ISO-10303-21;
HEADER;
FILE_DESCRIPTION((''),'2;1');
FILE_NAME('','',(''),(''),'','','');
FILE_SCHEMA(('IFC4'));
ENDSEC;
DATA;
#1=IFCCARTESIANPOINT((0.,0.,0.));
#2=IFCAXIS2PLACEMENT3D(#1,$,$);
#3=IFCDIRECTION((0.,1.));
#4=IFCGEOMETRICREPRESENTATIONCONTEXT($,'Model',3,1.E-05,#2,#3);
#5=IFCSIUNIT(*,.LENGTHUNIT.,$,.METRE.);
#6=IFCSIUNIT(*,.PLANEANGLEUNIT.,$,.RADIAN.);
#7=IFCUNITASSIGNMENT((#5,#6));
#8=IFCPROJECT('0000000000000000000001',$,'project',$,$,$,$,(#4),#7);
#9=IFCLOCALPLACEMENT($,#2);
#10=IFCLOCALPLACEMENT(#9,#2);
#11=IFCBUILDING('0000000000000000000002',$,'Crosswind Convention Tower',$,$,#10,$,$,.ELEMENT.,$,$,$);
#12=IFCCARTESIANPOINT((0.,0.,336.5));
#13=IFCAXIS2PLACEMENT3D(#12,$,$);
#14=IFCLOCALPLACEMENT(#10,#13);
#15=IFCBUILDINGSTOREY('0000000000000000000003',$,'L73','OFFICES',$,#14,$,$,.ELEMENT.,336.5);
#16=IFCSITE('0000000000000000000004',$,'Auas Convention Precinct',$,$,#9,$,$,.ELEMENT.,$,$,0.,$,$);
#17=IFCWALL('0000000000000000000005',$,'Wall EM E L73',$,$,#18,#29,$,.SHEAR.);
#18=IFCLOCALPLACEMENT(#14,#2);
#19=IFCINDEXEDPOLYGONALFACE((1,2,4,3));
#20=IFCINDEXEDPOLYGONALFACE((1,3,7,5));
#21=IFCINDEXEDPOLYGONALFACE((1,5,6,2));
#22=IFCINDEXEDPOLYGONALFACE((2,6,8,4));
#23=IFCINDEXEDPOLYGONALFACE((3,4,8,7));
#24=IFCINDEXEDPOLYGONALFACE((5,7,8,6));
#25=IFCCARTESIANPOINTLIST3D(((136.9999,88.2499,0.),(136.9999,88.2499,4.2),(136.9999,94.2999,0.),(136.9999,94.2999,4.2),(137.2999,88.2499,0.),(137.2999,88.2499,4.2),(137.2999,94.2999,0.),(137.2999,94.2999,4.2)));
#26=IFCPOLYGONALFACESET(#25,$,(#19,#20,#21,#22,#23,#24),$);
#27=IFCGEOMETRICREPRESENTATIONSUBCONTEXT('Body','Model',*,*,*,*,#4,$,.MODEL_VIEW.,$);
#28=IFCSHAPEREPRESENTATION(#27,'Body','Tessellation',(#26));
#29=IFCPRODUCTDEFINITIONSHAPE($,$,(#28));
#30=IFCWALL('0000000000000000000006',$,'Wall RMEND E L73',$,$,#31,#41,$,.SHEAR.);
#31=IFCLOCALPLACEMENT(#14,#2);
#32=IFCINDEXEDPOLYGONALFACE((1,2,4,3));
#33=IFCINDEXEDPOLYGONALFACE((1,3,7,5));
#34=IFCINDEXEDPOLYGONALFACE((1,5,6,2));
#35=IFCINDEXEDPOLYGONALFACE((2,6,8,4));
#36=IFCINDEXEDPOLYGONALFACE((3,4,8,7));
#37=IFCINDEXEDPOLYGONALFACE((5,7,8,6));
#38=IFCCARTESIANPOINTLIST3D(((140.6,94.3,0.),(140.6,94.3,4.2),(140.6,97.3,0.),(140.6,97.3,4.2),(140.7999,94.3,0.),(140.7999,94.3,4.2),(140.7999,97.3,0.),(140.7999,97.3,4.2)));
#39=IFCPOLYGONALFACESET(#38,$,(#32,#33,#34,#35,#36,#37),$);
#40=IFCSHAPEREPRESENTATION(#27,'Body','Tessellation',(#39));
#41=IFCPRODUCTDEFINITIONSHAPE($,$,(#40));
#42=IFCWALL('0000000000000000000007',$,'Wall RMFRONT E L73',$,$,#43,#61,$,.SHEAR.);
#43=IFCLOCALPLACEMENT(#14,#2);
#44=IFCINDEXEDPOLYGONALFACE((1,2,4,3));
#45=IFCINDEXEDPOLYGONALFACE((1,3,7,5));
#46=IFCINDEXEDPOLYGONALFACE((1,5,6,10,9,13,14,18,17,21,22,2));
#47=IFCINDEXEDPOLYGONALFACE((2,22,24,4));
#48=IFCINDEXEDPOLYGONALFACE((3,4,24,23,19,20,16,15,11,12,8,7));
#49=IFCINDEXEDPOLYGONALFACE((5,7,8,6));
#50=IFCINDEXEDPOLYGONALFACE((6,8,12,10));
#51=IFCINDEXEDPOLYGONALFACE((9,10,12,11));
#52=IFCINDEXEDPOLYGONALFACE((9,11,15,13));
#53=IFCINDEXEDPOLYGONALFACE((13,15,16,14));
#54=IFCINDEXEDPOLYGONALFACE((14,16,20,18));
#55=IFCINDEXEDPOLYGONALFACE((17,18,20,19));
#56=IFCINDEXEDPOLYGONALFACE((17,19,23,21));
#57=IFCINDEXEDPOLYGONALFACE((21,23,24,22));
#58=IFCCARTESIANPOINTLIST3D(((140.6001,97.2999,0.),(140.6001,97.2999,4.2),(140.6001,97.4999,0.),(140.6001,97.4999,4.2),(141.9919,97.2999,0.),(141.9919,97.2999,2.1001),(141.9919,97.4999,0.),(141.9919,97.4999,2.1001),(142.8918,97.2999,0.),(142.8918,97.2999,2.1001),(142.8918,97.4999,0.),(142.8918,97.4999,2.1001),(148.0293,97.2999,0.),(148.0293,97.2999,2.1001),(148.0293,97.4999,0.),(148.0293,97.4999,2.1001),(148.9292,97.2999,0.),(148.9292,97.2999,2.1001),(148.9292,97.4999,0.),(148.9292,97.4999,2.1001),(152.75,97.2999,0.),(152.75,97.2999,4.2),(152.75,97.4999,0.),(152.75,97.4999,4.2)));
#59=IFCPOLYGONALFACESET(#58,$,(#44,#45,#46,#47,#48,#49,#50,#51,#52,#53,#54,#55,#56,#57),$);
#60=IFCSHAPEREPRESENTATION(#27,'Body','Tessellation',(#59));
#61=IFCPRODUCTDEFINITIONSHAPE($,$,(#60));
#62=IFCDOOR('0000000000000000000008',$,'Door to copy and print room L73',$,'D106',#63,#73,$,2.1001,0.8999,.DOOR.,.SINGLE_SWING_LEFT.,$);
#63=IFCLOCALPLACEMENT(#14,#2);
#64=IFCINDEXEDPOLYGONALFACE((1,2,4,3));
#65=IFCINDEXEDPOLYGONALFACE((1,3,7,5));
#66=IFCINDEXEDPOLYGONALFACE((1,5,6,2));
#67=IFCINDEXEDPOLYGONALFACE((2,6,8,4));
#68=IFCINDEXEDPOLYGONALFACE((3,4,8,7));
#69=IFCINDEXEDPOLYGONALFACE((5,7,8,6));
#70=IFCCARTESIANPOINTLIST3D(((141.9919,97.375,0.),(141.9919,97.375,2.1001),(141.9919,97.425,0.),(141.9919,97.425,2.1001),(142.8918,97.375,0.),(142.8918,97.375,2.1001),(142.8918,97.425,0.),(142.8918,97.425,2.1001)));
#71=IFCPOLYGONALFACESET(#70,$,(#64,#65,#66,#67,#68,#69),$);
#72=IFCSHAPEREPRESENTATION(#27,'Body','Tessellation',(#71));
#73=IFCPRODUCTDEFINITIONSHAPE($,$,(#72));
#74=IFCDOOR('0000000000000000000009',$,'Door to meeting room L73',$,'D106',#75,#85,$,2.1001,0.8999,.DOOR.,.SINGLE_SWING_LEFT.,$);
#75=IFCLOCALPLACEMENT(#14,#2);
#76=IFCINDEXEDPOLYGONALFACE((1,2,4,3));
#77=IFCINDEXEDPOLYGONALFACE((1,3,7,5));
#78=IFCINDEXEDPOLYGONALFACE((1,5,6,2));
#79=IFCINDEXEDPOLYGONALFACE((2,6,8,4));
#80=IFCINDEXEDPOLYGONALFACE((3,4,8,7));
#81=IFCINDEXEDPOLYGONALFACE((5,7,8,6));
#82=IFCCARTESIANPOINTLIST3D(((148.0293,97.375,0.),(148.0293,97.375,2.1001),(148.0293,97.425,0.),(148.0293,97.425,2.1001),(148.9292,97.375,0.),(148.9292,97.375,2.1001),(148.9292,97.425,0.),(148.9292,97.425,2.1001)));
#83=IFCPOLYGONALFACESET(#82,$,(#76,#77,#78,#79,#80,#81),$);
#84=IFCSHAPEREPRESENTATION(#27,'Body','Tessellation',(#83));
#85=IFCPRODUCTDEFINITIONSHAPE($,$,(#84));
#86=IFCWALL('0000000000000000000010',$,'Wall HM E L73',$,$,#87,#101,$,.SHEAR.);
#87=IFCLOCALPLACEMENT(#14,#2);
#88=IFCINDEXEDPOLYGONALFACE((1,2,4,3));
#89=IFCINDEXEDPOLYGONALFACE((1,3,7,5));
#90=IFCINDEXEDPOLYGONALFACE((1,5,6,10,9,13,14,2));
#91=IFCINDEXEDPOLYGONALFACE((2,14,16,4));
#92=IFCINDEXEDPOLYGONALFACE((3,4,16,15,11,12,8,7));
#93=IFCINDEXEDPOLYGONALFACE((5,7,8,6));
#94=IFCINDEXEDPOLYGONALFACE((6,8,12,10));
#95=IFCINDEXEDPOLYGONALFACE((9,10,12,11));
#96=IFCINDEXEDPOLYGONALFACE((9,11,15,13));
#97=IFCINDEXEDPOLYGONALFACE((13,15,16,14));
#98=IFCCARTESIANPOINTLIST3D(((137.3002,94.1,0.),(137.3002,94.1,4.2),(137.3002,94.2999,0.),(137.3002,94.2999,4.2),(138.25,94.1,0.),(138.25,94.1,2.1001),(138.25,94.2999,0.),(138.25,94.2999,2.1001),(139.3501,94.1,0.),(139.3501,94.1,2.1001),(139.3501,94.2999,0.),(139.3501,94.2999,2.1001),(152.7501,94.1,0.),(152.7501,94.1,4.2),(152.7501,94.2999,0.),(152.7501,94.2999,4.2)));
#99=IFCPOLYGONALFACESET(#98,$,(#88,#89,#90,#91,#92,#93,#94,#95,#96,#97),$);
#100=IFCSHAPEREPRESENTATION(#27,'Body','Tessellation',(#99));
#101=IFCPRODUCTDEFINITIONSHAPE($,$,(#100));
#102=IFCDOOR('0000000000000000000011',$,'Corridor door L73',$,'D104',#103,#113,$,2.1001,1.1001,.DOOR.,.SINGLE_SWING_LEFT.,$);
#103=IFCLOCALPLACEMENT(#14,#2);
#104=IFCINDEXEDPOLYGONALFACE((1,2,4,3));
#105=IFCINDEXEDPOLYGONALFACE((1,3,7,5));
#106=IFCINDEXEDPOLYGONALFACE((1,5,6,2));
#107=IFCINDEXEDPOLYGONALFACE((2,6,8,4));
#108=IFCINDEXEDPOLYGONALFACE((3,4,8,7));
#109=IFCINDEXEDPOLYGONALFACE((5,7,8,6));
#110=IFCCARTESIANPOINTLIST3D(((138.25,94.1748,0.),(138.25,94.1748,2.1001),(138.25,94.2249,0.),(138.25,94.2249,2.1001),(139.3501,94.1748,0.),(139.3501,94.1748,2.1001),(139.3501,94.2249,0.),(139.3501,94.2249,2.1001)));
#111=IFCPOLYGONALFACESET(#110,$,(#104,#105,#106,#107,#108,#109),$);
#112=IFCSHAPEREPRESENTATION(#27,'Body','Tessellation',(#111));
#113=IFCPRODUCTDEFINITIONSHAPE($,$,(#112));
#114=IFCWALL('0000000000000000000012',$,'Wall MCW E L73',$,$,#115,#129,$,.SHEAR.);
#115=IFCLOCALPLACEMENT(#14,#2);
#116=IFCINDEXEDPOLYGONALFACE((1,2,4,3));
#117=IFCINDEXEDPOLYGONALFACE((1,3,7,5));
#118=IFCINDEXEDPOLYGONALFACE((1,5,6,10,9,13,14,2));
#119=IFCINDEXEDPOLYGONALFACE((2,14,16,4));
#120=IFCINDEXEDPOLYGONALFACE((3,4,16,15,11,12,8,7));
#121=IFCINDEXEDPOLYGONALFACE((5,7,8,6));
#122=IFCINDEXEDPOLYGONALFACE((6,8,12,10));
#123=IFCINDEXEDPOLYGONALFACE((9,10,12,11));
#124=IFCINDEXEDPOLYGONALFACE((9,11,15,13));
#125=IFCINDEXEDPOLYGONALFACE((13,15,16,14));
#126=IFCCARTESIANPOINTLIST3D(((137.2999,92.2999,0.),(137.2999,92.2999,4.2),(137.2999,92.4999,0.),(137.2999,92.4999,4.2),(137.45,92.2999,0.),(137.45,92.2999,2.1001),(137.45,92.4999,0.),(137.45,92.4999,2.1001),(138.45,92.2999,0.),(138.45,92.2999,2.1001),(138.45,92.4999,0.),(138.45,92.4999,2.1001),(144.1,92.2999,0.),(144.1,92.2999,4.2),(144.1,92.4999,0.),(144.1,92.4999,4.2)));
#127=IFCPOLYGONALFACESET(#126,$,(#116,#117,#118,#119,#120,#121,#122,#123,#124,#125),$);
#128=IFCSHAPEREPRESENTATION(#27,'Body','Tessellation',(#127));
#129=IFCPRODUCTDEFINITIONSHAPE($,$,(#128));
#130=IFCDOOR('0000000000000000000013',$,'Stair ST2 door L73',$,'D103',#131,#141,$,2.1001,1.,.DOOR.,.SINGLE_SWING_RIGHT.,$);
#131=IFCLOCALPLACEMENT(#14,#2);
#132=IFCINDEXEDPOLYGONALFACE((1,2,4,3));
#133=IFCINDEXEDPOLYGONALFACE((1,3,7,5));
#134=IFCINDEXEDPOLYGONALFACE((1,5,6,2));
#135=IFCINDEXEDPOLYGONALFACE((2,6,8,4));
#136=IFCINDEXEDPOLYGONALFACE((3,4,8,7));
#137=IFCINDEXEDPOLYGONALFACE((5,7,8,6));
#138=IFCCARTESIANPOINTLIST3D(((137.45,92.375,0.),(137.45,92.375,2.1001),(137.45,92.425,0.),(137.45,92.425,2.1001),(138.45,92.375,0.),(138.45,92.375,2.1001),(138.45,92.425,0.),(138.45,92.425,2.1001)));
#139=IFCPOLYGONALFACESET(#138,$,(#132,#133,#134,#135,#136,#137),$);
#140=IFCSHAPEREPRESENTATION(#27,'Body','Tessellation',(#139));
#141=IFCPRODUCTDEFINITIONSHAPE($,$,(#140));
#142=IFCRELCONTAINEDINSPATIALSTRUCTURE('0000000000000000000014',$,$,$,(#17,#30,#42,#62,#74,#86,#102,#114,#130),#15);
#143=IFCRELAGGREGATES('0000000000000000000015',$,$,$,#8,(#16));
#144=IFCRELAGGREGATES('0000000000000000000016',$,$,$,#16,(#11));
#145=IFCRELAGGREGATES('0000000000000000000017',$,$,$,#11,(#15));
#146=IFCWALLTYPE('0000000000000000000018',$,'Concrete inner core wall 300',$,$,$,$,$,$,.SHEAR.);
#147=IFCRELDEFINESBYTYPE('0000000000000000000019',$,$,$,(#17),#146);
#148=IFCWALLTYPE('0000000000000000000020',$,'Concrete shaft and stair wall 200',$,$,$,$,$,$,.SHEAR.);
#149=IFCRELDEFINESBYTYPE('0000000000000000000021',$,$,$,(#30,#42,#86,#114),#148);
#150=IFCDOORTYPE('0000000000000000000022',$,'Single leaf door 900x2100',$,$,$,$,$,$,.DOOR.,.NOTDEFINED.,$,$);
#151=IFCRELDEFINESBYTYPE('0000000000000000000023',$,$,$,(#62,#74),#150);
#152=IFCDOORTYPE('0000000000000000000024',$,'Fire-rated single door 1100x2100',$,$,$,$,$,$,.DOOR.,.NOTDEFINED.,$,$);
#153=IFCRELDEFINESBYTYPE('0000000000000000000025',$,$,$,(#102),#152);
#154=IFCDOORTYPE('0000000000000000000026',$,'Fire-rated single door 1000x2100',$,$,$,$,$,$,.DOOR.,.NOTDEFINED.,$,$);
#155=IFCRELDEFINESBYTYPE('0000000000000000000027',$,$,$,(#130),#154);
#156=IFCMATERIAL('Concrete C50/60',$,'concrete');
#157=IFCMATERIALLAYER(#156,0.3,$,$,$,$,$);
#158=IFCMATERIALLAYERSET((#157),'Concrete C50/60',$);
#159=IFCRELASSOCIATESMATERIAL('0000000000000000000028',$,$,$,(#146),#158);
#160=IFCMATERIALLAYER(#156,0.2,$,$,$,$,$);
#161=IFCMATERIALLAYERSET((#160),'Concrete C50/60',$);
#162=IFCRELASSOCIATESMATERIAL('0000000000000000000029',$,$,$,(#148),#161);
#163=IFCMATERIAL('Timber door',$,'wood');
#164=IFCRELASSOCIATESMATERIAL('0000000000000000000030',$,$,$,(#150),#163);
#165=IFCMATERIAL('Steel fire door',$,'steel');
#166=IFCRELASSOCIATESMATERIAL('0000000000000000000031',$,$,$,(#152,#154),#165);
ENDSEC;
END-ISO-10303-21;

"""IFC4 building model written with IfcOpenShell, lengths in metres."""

from ifc_helpers import new_model, si_unit, direction, frame, frame_2d, origin, place, context, subcontext, project, spatial, rectangle, extrude, material, layer, layer_set, type_object, element, fill, save


model = new_model("IFC4")

# Units and contexts
model_context = context("Model", 3, precision=1e-05, world=origin(), true_north=direction((0.0, 1.0)))
body_context = subcontext(model_context, "Body", "Model", "MODEL_VIEW")
ifc_project = project(units=[si_unit("LENGTHUNIT", "METRE"), si_unit("PLANEANGLEUNIT", "RADIAN")], contexts=[model_context])

# Site, building, storey
site_placement = place(None, origin())
site = spatial("IfcSite", under=ifc_project, at=site_placement, Name="Auas Convention Precinct", CompositionType="ELEMENT", RefElevation=0.0)
building_placement = place(site_placement, origin())
building = spatial("IfcBuilding", under=site, at=building_placement, Name="Crosswind Convention Tower", CompositionType="ELEMENT")
storey_placement = place(building_placement, frame((0.0, 0.0, 336.5)))
storey = spatial("IfcBuildingStorey", under=building, at=storey_placement, Name="L73", Description="OFFICES", CompositionType="ELEMENT", Elevation=336.5)

# Shared definitions
ifc_material_1 = material(Name="Concrete C50/60", Category="concrete")
ifc_layer_1 = layer(ifc_material_1, 0.3)
ifc_layer_set_1 = layer_set([ifc_layer_1], Name="Concrete C50/60")
wall_type_1 = type_object("IfcWallType", Name="Concrete inner core wall 300", PredefinedType="SHEAR", material=ifc_layer_set_1)

# Walls
wall_1_placement = place(storey_placement, frame((137.1499, 88.25, 0.0), z_axis=(0.0, 0.0, 1.0), x_axis=(0.0, 1.0, 0.0)))
element("IfcWall", 1, at=wall_1_placement, inside=storey, type_object=wall_type_1, Name="Wall EM E L73", PredefinedType="SHEAR", context=body_context, shape_type="SweptSolid", body=[
    extrude(rectangle(XDim=6.05, YDim=0.3, at=frame_2d((3.0249, 0.0))), origin(), (0.0, 0.0, 1.0), 4.2),
])
ifc_layer_2 = layer(ifc_material_1, 0.2)
ifc_layer_set_2 = layer_set([ifc_layer_2], Name="Concrete C50/60")
wall_type_2 = type_object("IfcWallType", Name="Concrete shaft and stair wall 200", PredefinedType="SHEAR", material=ifc_layer_set_2)
wall_2_placement = place(storey_placement, frame((140.7, 94.3, 0.0), z_axis=(0.0, 0.0, 1.0), x_axis=(0.0, 1.0, 0.0)))
element("IfcWall", 2, at=wall_2_placement, inside=storey, type_object=wall_type_2, Name="Wall RMEND E L73", PredefinedType="SHEAR", context=body_context, shape_type="SweptSolid", body=[
    extrude(rectangle(XDim=3.0, YDim=0.2, at=frame_2d((1.5, 0.0))), origin(), (0.0, 0.0, 1.0), 4.2),
])

# Wall, openings, doors
wall_3_placement = place(storey_placement, frame((140.6001, 97.3999, 0.0), z_axis=(0.0, 0.0, 1.0), x_axis=(1.0, 0.0, 0.0)))
wall_3 = element("IfcWall", 3, at=wall_3_placement, inside=storey, type_object=wall_type_2, Name="Wall RMFRONT E L73", PredefinedType="SHEAR", context=body_context, shape_type="SweptSolid", body=[
    extrude(rectangle(XDim=12.1499, YDim=0.2, at=frame_2d((6.075, 0.0))), origin(), (0.0, 0.0, 1.0), 4.2),
])
opening_1_placement = place(wall_3_placement, frame((1.3918, 0.0, 0.0)))
opening_1 = element("IfcOpeningElement", 4, at=opening_1_placement, cuts=wall_3, PredefinedType="OPENING", context=body_context, shape_type="SweptSolid", body=[
    extrude(rectangle(XDim=0.8999, YDim=2.1001, at=frame_2d((0.45, 1.05))), frame((0.0, 0.1099, 0.0), z_axis=(0.0, -1.0, 0.0), x_axis=(1.0, 0.0, 0.0)), (0.0, 0.0, 1.0), 0.22),
])
opening_2_placement = place(wall_3_placement, frame((7.4292, 0.0, 0.0)))
opening_2 = element("IfcOpeningElement", 5, at=opening_2_placement, cuts=wall_3, PredefinedType="OPENING", context=body_context, shape_type="SweptSolid", body=[
    extrude(rectangle(XDim=0.8999, YDim=2.1001, at=frame_2d((0.45, 1.05))), frame((0.0, 0.1099, 0.0), z_axis=(0.0, -1.0, 0.0), x_axis=(1.0, 0.0, 0.0)), (0.0, 0.0, 1.0), 0.22),
])
ifc_material_2 = material(Name="Timber door", Category="wood")
door_type_1 = type_object("IfcDoorType", Name="Single leaf door 900x2100", OperationType="NOTDEFINED", PredefinedType="DOOR", material=ifc_material_2)
door_1_placement = place(opening_1_placement, frame((0.8999, 0.0, 0.0), z_axis=(0.0, 0.0, 1.0), x_axis=(-1.0, 0.0, 0.0)))
door_1 = element("IfcDoor", 6, at=door_1_placement, inside=storey, type_object=door_type_1, Name="Door to copy and print room L73", ObjectType="D106", OperationType="SINGLE_SWING_LEFT", OverallHeight=2.1001, OverallWidth=0.8999, PredefinedType="DOOR", context=body_context, shape_type="SweptSolid", body=[
    extrude(rectangle(XDim=0.8999, YDim=2.1001, at=frame_2d((0.45, 1.05))), frame((0.0, 0.0249, 0.0), z_axis=(0.0, -1.0, 0.0), x_axis=(1.0, 0.0, 0.0)), (0.0, 0.0, 1.0), 0.05),
])
fill(opening_1, door_1)
door_2_placement = place(opening_2_placement, frame((0.8999, 0.0, 0.0), z_axis=(0.0, 0.0, 1.0), x_axis=(-1.0, 0.0, 0.0)))
door_2 = element("IfcDoor", 7, at=door_2_placement, inside=storey, type_object=door_type_1, Name="Door to meeting room L73", ObjectType="D106", OperationType="SINGLE_SWING_LEFT", OverallHeight=2.1001, OverallWidth=0.8999, PredefinedType="DOOR", context=body_context, shape_type="SweptSolid", body=[
    extrude(rectangle(XDim=0.8999, YDim=2.1001, at=frame_2d((0.45, 1.05))), frame((0.0, 0.0249, 0.0), z_axis=(0.0, -1.0, 0.0), x_axis=(1.0, 0.0, 0.0)), (0.0, 0.0, 1.0), 0.05),
])
fill(opening_2, door_2)

# Walls, openings, doors
wall_4_placement = place(storey_placement, frame((137.3, 94.2, 0.0), z_axis=(0.0, 0.0, 1.0), x_axis=(1.0, 0.0, 0.0)))
wall_4 = element("IfcWall", 8, at=wall_4_placement, inside=storey, type_object=wall_type_2, Name="Wall HM E L73", PredefinedType="SHEAR", context=body_context, shape_type="SweptSolid", body=[
    extrude(rectangle(XDim=15.45, YDim=0.2, at=frame_2d((7.7251, 0.0))), origin(), (0.0, 0.0, 1.0), 4.2),
])
opening_3_placement = place(wall_4_placement, frame((0.95, 0.0, 0.0)))
opening_3 = element("IfcOpeningElement", 9, at=opening_3_placement, cuts=wall_4, PredefinedType="OPENING", context=body_context, shape_type="SweptSolid", body=[
    extrude(rectangle(XDim=1.1001, YDim=2.1001, at=frame_2d((0.55, 1.05))), frame((0.0, 0.1099, 0.0), z_axis=(0.0, -1.0, 0.0), x_axis=(1.0, 0.0, 0.0)), (0.0, 0.0, 1.0), 0.22),
])
ifc_material_3 = material(Name="Steel fire door", Category="steel")
door_type_2 = type_object("IfcDoorType", Name="Fire-rated single door 1100x2100", OperationType="NOTDEFINED", PredefinedType="DOOR", material=ifc_material_3)
door_3_placement = place(opening_3_placement, origin())
door_3 = element("IfcDoor", 10, at=door_3_placement, inside=storey, type_object=door_type_2, Name="Corridor door L73", ObjectType="D104", OperationType="SINGLE_SWING_LEFT", OverallHeight=2.1001, OverallWidth=1.1001, PredefinedType="DOOR", context=body_context, shape_type="SweptSolid", body=[
    extrude(rectangle(XDim=1.1001, YDim=2.1001, at=frame_2d((0.55, 1.05))), frame((0.0, 0.0249, 0.0), z_axis=(0.0, -1.0, 0.0), x_axis=(1.0, 0.0, 0.0)), (0.0, 0.0, 1.0), 0.05),
])
fill(opening_3, door_3)
wall_5_placement = place(storey_placement, frame((137.3, 92.3999, 0.0), z_axis=(0.0, 0.0, 1.0), x_axis=(1.0, 0.0, 0.0)))
wall_5 = element("IfcWall", 11, at=wall_5_placement, inside=storey, type_object=wall_type_2, Name="Wall MCW E L73", PredefinedType="SHEAR", context=body_context, shape_type="SweptSolid", body=[
    extrude(rectangle(XDim=6.8, YDim=0.2, at=frame_2d((3.3999, 0.0))), origin(), (0.0, 0.0, 1.0), 4.2),
])
opening_4_placement = place(wall_5_placement, frame((0.1499, 0.0, 0.0)))
opening_4 = element("IfcOpeningElement", 12, at=opening_4_placement, cuts=wall_5, PredefinedType="OPENING", context=body_context, shape_type="SweptSolid", body=[
    extrude(rectangle(XDim=1.0, YDim=2.1001, at=frame_2d((0.5, 1.05))), frame((0.0, 0.1099, 0.0), z_axis=(0.0, -1.0, 0.0), x_axis=(1.0, 0.0, 0.0)), (0.0, 0.0, 1.0), 0.22),
])
door_type_3 = type_object("IfcDoorType", Name="Fire-rated single door 1000x2100", OperationType="NOTDEFINED", PredefinedType="DOOR", material=ifc_material_3)
door_4_placement = place(opening_4_placement, frame((1.0, 0.0, 0.0), z_axis=(0.0, 0.0, 1.0), x_axis=(-1.0, 0.0, 0.0)))
door_4 = element("IfcDoor", 13, at=door_4_placement, inside=storey, type_object=door_type_3, Name="Stair ST2 door L73", ObjectType="D103", OperationType="SINGLE_SWING_RIGHT", OverallHeight=2.1001, OverallWidth=1.0, PredefinedType="DOOR", context=body_context, shape_type="SweptSolid", body=[
    extrude(rectangle(XDim=1.0, YDim=2.1001, at=frame_2d((0.5, 1.05))), frame((0.0, 0.0249, 0.0), z_axis=(0.0, -1.0, 0.0), x_axis=(1.0, 0.0, 0.0)), (0.0, 0.0, 1.0), 0.05),
])
fill(opening_4, door_4)

save(model, "model.ifc")
